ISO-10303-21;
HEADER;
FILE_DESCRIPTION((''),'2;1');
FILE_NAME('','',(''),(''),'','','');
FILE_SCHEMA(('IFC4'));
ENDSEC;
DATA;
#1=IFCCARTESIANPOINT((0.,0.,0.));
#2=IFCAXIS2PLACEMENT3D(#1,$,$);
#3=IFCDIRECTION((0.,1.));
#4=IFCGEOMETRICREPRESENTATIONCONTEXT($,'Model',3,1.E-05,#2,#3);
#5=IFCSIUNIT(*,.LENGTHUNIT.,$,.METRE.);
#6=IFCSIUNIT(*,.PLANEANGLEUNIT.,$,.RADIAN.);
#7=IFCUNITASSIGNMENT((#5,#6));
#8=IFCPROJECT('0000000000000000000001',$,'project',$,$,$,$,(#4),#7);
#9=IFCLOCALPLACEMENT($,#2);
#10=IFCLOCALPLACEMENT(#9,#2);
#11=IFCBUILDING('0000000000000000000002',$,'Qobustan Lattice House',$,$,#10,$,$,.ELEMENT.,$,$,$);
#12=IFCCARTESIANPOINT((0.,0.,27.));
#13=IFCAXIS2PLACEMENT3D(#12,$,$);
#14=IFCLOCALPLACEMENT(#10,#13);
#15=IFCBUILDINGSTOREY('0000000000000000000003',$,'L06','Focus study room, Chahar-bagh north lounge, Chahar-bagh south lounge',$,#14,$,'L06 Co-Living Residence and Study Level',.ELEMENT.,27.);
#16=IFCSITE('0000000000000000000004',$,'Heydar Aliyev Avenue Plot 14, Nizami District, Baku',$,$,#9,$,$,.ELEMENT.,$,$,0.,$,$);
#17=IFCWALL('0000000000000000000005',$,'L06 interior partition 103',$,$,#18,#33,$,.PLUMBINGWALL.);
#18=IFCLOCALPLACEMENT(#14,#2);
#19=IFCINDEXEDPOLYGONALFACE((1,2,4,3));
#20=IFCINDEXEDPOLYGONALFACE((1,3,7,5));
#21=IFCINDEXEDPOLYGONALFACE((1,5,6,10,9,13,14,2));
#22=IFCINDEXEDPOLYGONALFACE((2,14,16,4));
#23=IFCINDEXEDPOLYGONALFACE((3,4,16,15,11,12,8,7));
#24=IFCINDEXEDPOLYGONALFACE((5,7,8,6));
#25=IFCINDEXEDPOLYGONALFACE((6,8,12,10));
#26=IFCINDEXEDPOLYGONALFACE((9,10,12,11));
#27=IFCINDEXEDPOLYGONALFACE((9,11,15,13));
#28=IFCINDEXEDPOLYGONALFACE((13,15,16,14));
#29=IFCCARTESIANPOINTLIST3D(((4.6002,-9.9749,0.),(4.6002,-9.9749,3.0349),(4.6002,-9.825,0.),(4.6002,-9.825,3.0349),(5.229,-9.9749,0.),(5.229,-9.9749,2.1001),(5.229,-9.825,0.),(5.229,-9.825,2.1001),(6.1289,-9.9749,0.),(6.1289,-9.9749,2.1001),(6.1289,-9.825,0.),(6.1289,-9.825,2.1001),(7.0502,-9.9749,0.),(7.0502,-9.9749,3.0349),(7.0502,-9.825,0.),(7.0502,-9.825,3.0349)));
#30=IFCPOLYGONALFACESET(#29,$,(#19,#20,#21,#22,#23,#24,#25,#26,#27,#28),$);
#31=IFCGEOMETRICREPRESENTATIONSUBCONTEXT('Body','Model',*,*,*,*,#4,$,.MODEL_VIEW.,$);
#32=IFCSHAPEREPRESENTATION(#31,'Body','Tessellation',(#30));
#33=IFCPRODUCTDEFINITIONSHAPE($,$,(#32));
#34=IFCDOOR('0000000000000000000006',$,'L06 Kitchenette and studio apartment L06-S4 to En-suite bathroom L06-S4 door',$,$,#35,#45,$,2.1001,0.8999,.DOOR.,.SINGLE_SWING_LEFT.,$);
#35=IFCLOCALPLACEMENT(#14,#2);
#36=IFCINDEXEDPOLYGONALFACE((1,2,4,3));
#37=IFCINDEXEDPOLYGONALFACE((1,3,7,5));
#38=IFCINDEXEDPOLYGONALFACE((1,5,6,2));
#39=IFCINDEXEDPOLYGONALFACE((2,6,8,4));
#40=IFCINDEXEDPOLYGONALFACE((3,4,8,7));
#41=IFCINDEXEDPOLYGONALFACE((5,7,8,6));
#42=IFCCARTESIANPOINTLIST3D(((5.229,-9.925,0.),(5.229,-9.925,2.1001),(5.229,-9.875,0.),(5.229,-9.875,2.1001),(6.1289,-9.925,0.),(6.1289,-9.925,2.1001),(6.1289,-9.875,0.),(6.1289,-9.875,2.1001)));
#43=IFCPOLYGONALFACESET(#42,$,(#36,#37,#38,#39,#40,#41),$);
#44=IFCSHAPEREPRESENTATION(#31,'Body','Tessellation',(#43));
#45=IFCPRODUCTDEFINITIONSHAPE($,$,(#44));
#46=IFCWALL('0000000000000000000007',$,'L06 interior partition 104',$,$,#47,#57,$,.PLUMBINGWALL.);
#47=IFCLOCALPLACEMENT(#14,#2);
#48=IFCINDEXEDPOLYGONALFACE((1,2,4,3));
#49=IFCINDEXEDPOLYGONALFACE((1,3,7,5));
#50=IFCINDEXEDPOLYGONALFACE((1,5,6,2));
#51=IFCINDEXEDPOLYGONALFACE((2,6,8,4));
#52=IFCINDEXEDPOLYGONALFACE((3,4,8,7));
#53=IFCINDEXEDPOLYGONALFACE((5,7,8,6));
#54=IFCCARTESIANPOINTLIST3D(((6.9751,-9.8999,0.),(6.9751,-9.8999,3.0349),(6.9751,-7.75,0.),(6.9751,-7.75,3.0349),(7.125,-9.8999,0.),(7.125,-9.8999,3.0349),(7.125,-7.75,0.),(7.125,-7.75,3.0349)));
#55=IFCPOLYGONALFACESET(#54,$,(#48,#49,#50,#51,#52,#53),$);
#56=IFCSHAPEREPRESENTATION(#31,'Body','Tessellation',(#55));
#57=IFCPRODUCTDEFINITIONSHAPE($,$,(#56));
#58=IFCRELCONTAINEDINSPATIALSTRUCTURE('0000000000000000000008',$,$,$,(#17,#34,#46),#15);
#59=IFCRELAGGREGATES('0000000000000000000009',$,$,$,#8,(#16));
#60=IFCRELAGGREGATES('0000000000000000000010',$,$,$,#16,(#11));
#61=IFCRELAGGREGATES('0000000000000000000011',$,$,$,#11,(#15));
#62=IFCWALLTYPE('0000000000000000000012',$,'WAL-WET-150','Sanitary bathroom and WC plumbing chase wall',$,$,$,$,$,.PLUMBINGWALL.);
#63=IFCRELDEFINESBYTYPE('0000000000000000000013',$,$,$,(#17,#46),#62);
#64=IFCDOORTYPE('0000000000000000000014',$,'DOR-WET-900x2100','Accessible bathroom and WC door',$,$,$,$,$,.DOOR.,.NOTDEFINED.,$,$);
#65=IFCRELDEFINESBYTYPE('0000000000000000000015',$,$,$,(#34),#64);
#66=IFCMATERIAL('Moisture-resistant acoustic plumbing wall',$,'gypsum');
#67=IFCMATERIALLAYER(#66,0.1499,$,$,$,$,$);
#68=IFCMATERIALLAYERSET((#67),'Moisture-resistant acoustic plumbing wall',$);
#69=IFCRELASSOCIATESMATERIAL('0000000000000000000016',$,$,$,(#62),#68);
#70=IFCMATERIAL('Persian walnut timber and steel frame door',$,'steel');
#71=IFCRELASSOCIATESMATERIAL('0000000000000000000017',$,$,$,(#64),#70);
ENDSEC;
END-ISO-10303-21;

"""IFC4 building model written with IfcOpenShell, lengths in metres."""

from ifc_helpers import new_model, si_unit, direction, frame, frame_2d, origin, place, context, subcontext, project, spatial, rectangle, extrude, material, layer, layer_set, type_object, element, fill, save


model = new_model("IFC4")

# Units and contexts
model_context = context("Model", 3, precision=1e-05, world=origin(), true_north=direction((0.0, 1.0)))
body_context = subcontext(model_context, "Body", "Model", "MODEL_VIEW")
ifc_project = project(units=[si_unit("LENGTHUNIT", "METRE"), si_unit("PLANEANGLEUNIT", "RADIAN")], contexts=[model_context])

# Site, building, storey
site_placement = place(None, origin())
site = spatial("IfcSite", under=ifc_project, at=site_placement, Name="Heydar Aliyev Avenue Plot 14, Nizami District, Baku", CompositionType="ELEMENT", RefElevation=0.0)
building_placement = place(site_placement, origin())
building = spatial("IfcBuilding", under=site, at=building_placement, Name="Qobustan Lattice House", CompositionType="ELEMENT")
storey_placement = place(building_placement, frame((0.0, 0.0, 27.0)))
storey = spatial("IfcBuildingStorey", under=building, at=storey_placement, Name="L06", Description="Focus study room, Chahar-bagh north lounge, Chahar-bagh south lounge", LongName="L06 Co-Living Residence and Study Level", CompositionType="ELEMENT", Elevation=27.0)

# Shared definitions
ifc_material_1 = material(Name="Moisture-resistant acoustic plumbing wall", Category="gypsum")
ifc_layer_1 = layer(ifc_material_1, 0.1499)
ifc_layer_set_1 = layer_set([ifc_layer_1], Name="Moisture-resistant acoustic plumbing wall")
wall_type_1 = type_object("IfcWallType", Name="WAL-WET-150", Description="Sanitary bathroom and WC plumbing chase wall", PredefinedType="PLUMBINGWALL", material=ifc_layer_set_1)

# Wall, opening, door
wall_1_placement = place(storey_placement, frame((4.6001, -9.8999, 0.0), z_axis=(0.0, 0.0, 1.0), x_axis=(1.0, 0.0, 0.0)))
wall_1 = element("IfcWall", 1, at=wall_1_placement, inside=storey, type_object=wall_type_1, Name="L06 interior partition 103", PredefinedType="PLUMBINGWALL", context=body_context, shape_type="SweptSolid", body=[
    extrude(rectangle(XDim=2.45, YDim=0.1499, at=frame_2d((1.2251, 0.0))), origin(), (0.0, 0.0, 1.0), 3.0349),
])
opening_1_placement = place(wall_1_placement, frame((0.6289, 0.0, 0.0)))
opening_1 = element("IfcOpeningElement", 2, at=opening_1_placement, cuts=wall_1, PredefinedType="OPENING", context=body_context, shape_type="SweptSolid", body=[
    extrude(rectangle(XDim=0.8999, YDim=2.1001, at=frame_2d((0.45, 1.05))), frame((0.0, 0.085, 0.0), z_axis=(0.0, -1.0, 0.0), x_axis=(1.0, 0.0, 0.0)), (0.0, 0.0, 1.0), 0.1699),
])
ifc_material_2 = material(Name="Persian walnut timber and steel frame door", Category="steel")
door_type_1 = type_object("IfcDoorType", Name="DOR-WET-900x2100", Description="Accessible bathroom and WC door", OperationType="NOTDEFINED", PredefinedType="DOOR", material=ifc_material_2)
door_1_placement = place(opening_1_placement, origin())
door_1 = element("IfcDoor", 3, at=door_1_placement, inside=storey, type_object=door_type_1, Name="L06 Kitchenette and studio apartment L06-S4 to En-suite bathroom L06-S4 door", OperationType="SINGLE_SWING_LEFT", OverallHeight=2.1001, OverallWidth=0.8999, PredefinedType="DOOR", context=body_context, shape_type="SweptSolid", body=[
    extrude(rectangle(XDim=0.8999, YDim=2.1001, at=frame_2d((0.45, 1.05))), frame((0.0, 0.0249, 0.0), z_axis=(0.0, -1.0, 0.0), x_axis=(1.0, 0.0, 0.0)), (0.0, 0.0, 1.0), 0.05),
])
fill(opening_1, door_1)

# Wall
wall_2_placement = place(storey_placement, frame((7.05, -9.8999, 0.0), z_axis=(0.0, 0.0, 1.0), x_axis=(0.0, 1.0, 0.0)))
element("IfcWall", 4, at=wall_2_placement, inside=storey, type_object=wall_type_1, Name="L06 interior partition 104", PredefinedType="PLUMBINGWALL", context=body_context, shape_type="SweptSolid", body=[
    extrude(rectangle(XDim=2.1499, YDim=0.1499, at=frame_2d((1.075, 0.0))), origin(), (0.0, 0.0, 1.0), 3.0349),
])

save(model, "model.ifc")
